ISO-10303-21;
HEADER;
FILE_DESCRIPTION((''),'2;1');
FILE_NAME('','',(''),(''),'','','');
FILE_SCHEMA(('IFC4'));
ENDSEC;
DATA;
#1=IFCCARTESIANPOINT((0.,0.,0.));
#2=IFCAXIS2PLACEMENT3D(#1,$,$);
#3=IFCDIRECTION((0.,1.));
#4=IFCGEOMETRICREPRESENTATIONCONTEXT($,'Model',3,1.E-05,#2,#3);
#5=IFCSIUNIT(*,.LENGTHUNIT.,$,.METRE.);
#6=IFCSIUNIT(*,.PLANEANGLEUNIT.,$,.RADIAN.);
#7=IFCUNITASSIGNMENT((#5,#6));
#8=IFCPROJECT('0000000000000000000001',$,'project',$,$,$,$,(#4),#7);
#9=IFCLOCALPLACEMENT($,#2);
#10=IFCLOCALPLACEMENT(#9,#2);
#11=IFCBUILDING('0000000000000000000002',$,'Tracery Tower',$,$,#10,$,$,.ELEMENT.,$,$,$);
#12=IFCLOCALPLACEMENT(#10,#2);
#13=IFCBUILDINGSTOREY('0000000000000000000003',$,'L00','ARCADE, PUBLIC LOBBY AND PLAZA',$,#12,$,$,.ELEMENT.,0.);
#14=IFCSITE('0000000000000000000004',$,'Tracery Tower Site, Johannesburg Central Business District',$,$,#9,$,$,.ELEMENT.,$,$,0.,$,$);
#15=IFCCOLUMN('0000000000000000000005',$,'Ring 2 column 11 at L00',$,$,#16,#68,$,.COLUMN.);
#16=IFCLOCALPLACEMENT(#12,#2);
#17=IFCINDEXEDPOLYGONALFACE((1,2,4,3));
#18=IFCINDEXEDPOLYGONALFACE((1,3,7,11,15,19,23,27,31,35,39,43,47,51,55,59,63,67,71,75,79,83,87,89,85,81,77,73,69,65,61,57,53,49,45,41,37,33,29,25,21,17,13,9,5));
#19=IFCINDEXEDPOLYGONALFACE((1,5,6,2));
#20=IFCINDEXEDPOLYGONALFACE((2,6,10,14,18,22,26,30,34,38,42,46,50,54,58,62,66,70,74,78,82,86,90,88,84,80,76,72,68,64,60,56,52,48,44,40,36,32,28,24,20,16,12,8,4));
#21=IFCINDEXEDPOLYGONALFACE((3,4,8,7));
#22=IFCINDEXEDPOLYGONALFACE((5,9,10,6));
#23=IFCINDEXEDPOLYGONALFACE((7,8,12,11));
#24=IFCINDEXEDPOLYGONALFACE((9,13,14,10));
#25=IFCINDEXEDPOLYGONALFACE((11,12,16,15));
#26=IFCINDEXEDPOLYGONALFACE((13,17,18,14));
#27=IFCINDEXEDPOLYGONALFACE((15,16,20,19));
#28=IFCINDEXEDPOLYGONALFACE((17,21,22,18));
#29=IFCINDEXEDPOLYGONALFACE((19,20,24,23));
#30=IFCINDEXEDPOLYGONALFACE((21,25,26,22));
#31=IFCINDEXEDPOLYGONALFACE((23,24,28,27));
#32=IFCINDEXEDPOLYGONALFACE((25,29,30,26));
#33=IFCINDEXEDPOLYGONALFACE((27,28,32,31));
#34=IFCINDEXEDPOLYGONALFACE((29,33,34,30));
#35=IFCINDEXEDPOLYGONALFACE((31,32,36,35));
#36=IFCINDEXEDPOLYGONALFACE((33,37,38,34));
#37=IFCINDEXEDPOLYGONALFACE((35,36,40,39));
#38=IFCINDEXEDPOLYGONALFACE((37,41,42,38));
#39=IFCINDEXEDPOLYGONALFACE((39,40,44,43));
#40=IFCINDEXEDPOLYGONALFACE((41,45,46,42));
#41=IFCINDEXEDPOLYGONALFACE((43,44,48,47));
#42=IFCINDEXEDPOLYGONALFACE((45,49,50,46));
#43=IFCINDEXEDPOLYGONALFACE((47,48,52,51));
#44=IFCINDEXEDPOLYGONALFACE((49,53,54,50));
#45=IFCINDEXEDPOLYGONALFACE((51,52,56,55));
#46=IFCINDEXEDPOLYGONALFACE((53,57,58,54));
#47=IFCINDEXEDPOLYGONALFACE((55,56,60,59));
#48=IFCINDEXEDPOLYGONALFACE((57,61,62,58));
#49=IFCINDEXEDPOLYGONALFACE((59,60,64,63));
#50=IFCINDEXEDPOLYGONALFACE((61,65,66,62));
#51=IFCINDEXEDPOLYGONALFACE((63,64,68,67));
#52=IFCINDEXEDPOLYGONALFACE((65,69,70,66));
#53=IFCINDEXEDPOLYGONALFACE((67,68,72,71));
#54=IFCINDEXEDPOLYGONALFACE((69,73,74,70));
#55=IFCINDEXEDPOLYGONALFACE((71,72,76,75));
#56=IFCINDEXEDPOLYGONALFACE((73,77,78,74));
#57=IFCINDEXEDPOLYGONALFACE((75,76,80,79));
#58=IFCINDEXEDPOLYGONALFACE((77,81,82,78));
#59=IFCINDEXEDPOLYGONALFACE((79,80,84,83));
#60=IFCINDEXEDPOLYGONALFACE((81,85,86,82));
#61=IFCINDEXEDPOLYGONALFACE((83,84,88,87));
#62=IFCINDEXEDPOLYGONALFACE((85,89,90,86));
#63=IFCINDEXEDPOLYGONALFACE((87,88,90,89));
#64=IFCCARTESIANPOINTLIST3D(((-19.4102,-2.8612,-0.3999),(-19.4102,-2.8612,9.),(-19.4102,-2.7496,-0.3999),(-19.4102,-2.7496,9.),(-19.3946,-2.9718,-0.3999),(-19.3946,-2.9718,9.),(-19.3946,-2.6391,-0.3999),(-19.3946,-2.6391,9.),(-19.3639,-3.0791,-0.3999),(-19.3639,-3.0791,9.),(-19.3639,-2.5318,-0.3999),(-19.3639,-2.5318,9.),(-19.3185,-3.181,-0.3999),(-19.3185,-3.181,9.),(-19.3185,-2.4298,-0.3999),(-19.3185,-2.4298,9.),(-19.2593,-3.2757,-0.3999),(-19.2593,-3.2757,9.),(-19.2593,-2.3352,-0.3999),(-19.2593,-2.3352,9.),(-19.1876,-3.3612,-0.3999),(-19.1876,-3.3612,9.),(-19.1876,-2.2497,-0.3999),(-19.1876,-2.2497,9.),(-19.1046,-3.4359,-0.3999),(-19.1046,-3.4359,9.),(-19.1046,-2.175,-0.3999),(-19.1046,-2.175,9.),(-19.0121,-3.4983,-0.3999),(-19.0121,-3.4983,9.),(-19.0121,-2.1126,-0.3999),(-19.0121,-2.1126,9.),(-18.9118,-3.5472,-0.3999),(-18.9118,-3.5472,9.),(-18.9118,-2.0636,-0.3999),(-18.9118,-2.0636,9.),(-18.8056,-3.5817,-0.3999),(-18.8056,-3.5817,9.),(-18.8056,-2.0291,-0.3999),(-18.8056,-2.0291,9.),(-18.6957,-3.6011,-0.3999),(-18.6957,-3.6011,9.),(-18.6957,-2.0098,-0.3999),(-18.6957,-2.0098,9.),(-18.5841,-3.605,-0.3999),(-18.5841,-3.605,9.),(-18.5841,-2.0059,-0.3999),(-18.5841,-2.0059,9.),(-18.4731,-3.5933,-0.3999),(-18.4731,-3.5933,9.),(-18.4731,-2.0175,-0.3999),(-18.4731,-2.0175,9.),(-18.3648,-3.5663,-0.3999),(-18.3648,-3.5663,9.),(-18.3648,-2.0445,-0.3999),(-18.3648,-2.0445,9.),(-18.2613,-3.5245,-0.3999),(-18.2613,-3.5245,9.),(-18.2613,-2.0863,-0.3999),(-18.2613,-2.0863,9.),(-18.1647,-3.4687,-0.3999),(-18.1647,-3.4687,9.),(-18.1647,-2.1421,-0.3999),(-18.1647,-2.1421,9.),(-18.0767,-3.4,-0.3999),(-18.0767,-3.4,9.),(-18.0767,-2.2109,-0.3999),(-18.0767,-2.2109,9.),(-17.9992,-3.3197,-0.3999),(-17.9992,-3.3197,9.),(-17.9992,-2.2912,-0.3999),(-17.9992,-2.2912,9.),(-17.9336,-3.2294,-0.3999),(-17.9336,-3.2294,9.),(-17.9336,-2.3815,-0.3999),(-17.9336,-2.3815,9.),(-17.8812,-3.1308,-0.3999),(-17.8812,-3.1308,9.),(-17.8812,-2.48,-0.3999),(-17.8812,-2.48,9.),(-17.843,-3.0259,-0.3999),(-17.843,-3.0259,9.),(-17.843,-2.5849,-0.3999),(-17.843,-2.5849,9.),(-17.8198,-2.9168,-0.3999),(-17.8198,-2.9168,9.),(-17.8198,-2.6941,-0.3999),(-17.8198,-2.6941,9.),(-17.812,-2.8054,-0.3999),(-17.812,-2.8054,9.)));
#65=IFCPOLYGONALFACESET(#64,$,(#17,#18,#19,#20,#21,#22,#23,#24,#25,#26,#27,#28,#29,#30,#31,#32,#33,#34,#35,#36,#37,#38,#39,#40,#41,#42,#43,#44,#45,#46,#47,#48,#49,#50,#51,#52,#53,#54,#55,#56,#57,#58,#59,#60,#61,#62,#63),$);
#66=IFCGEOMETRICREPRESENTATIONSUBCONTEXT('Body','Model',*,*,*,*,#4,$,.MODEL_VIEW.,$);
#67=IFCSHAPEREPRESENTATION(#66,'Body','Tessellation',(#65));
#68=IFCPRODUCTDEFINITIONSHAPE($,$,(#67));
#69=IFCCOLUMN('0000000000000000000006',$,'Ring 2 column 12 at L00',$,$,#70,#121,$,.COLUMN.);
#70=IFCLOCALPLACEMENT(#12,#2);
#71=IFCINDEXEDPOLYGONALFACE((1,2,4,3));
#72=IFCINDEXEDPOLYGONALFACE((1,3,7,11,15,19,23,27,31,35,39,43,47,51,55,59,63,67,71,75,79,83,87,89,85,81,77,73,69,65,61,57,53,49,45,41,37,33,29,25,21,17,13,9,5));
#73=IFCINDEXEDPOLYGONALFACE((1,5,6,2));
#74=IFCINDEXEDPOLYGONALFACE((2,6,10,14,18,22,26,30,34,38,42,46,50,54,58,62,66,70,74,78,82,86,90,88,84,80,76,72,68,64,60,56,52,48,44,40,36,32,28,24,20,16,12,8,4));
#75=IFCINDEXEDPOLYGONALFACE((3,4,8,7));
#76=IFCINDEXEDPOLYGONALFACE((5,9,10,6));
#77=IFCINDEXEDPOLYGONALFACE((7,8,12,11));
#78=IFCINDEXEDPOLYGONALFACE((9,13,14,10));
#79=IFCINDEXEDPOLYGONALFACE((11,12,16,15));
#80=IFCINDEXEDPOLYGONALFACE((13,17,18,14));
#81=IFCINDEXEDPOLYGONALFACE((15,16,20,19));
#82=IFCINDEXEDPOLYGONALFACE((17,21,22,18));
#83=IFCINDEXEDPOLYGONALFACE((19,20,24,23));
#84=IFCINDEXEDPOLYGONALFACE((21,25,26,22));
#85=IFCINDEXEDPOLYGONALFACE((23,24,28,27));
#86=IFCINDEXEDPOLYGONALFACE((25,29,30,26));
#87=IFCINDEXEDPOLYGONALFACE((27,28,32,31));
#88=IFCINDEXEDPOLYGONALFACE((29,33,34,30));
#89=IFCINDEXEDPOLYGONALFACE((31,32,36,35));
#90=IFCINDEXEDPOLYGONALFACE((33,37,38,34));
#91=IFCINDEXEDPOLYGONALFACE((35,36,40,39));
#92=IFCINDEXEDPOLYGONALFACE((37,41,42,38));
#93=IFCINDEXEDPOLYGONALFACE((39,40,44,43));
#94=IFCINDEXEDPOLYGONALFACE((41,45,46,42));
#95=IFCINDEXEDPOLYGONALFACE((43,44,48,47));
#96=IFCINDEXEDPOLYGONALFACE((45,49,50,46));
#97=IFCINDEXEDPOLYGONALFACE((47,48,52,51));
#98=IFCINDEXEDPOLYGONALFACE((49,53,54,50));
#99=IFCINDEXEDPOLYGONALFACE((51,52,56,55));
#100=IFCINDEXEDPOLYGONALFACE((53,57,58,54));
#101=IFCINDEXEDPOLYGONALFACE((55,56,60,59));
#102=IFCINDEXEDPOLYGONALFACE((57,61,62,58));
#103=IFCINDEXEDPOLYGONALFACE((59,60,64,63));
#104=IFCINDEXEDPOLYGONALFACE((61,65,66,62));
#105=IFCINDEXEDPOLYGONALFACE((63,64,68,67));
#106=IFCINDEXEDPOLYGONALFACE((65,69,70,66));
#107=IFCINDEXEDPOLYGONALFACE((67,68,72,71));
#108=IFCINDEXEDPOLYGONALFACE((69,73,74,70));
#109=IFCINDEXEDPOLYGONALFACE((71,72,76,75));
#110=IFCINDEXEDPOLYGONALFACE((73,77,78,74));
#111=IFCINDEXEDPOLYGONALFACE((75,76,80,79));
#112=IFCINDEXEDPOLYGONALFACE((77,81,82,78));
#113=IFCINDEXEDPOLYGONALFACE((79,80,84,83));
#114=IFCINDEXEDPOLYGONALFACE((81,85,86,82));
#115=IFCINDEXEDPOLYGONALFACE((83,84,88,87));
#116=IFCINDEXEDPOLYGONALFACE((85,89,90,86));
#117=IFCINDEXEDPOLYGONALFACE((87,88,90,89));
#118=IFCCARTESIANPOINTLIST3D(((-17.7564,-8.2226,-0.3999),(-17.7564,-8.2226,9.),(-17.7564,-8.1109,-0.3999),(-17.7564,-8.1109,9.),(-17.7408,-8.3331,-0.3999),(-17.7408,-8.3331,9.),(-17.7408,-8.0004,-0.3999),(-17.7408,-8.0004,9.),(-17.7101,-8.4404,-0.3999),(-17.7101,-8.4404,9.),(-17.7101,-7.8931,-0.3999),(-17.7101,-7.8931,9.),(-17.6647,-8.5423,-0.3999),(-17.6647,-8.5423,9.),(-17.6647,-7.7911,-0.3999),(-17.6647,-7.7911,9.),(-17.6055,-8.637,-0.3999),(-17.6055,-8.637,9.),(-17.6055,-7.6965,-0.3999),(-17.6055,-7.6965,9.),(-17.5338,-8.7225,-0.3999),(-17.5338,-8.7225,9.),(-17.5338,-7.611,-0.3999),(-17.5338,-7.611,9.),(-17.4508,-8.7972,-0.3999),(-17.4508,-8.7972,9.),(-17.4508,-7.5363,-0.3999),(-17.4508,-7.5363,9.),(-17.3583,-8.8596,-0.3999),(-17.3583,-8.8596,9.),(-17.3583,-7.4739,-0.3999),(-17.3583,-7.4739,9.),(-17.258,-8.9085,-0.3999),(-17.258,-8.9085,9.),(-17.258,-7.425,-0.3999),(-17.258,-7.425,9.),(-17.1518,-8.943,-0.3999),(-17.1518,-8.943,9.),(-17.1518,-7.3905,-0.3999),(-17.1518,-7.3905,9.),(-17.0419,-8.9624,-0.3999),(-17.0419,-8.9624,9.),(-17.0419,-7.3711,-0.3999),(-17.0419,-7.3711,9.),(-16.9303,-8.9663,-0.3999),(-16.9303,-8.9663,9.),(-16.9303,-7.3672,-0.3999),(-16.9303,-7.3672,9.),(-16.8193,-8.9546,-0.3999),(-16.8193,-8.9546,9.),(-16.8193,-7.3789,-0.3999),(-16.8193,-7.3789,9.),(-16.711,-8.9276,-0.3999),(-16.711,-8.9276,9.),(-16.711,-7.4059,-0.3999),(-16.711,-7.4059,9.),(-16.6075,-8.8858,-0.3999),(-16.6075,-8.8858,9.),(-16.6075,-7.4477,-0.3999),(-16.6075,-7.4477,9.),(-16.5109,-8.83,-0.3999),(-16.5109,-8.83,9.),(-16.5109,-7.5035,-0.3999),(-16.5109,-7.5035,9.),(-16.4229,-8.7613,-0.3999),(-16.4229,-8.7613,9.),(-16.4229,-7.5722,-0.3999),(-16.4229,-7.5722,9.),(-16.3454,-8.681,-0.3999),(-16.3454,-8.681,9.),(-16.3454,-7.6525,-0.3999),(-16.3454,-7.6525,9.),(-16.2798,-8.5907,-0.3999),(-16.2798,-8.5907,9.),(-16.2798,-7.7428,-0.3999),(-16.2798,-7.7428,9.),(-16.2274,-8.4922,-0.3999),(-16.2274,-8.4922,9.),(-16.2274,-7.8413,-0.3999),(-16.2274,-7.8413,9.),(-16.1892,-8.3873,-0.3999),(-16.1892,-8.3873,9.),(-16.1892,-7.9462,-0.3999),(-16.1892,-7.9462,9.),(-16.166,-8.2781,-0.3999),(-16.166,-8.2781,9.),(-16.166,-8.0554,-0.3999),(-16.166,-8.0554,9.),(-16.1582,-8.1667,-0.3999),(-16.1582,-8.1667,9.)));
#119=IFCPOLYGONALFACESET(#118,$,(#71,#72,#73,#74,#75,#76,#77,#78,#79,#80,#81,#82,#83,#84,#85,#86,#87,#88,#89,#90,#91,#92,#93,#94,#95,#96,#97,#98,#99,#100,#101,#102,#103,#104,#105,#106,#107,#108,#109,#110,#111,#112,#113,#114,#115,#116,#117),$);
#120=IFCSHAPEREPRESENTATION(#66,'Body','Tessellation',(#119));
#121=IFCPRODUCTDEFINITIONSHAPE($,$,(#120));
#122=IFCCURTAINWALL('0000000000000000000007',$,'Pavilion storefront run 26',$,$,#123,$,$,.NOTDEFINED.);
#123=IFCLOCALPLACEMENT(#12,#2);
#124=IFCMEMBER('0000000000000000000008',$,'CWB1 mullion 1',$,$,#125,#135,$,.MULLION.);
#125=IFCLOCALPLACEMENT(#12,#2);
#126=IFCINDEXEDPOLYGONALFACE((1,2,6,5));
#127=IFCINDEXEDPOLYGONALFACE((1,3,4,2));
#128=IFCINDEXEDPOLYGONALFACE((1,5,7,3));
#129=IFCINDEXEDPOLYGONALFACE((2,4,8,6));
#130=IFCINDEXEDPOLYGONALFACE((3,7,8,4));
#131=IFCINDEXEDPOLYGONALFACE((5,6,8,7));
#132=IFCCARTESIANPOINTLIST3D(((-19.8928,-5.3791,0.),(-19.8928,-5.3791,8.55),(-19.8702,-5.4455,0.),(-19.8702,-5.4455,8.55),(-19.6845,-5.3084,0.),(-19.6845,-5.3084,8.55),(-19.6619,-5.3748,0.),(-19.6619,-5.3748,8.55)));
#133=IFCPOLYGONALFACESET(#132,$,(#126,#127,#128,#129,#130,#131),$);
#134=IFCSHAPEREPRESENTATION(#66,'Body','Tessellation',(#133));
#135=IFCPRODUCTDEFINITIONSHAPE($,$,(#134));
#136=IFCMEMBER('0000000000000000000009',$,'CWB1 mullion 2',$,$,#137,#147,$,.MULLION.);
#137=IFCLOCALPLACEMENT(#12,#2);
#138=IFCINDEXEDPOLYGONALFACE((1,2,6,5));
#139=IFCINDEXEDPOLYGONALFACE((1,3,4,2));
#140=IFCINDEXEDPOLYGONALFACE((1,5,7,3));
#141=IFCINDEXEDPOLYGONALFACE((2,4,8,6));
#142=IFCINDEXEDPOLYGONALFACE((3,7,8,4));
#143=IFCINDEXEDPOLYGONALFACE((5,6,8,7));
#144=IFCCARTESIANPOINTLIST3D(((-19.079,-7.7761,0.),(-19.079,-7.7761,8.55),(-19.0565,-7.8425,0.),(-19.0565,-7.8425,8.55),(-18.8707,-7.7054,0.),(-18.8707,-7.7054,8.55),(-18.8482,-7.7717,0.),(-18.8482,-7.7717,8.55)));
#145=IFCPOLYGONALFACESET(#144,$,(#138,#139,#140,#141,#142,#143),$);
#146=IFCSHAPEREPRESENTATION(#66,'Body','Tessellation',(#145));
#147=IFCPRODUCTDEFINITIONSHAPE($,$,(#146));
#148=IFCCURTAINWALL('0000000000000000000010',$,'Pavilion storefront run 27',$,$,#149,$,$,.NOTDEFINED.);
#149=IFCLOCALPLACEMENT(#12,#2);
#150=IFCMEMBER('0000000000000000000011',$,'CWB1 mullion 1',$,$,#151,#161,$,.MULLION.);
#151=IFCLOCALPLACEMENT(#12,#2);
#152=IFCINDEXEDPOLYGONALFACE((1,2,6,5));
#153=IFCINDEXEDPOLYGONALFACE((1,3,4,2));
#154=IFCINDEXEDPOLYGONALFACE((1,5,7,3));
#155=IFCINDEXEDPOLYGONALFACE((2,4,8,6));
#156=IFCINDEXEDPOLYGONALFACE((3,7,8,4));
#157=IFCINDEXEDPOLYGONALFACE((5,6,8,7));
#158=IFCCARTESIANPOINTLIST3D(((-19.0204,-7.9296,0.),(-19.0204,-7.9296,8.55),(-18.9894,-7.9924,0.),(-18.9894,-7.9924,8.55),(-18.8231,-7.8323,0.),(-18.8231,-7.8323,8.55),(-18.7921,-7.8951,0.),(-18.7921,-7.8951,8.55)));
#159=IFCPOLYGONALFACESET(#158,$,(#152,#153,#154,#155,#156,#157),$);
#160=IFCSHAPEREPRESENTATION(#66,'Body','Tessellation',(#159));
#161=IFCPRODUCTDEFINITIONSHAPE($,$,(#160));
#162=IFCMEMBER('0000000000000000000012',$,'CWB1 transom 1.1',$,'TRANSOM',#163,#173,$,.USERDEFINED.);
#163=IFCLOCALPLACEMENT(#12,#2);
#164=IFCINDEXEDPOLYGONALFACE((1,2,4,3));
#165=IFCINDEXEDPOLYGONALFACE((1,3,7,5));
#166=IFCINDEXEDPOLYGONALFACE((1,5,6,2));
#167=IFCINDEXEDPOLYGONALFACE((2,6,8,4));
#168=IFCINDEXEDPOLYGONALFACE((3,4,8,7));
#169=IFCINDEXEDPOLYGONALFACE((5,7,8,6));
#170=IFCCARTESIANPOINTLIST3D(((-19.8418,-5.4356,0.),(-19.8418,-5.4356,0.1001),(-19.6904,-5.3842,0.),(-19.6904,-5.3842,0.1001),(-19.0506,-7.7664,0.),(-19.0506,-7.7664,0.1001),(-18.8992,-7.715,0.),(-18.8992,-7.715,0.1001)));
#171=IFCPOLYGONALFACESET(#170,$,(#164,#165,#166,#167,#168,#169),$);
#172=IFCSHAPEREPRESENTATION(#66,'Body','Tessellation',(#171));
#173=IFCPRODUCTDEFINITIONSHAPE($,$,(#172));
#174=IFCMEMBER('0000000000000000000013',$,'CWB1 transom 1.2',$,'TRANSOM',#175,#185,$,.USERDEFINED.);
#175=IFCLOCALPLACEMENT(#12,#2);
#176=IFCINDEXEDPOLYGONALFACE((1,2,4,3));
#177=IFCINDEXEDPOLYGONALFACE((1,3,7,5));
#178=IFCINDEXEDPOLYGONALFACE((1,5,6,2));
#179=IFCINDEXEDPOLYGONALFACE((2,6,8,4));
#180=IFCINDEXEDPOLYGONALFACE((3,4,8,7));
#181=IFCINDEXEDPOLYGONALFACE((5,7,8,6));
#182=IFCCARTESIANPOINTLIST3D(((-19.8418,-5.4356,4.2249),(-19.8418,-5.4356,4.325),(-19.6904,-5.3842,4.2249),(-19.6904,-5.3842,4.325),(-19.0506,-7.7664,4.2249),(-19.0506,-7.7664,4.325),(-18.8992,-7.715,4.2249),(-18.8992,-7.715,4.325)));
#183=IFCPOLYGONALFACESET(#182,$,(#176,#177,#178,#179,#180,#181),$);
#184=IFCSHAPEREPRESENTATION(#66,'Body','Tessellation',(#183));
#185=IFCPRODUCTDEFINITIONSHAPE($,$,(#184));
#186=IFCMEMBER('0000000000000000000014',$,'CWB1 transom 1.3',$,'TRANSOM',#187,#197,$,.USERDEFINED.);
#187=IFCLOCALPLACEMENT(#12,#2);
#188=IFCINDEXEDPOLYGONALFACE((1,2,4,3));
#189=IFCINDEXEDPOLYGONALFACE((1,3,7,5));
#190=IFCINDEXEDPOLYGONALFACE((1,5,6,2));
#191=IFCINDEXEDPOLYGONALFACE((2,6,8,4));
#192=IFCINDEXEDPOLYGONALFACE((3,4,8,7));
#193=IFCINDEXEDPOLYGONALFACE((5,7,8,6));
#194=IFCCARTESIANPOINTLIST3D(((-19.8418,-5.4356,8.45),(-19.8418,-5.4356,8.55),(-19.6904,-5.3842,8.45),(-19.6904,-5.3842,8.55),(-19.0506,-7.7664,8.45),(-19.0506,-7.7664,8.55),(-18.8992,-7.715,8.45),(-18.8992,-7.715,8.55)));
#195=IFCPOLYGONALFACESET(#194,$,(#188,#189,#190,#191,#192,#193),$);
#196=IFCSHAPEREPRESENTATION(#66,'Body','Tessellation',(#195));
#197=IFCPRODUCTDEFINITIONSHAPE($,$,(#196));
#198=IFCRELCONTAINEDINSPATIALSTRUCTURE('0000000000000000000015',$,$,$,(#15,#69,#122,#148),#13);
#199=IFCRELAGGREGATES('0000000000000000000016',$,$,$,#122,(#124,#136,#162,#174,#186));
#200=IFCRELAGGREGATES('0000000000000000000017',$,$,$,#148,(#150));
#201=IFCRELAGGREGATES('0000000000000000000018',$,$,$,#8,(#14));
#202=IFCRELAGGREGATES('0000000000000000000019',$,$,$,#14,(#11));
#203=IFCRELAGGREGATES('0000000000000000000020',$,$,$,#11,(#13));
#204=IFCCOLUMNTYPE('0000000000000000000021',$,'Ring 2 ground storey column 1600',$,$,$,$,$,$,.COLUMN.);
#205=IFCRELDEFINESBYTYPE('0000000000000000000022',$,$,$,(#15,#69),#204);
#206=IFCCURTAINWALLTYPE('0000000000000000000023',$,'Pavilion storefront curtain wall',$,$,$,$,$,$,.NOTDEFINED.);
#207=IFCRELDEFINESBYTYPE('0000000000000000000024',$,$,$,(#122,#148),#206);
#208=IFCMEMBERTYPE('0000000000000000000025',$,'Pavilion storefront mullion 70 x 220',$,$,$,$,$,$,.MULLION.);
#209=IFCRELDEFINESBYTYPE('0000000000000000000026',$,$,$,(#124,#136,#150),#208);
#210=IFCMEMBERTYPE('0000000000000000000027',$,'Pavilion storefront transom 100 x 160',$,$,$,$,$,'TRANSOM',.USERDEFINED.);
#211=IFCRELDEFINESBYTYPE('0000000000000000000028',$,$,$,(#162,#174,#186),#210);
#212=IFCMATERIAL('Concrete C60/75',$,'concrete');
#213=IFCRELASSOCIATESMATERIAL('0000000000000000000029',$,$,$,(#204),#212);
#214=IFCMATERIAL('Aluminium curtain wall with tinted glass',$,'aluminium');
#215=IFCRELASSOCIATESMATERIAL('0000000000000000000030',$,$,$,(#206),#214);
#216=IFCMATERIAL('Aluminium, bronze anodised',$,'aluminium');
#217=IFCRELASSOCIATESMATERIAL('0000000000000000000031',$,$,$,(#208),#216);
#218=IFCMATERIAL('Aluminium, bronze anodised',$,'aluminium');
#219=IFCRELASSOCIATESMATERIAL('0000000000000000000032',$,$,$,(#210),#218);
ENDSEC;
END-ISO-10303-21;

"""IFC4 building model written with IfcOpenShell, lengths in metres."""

from ifc_helpers import new_model, si_unit, direction, frame, origin, origin_2d, place, context, subcontext, project, spatial, rectangle, circle, extrude, material, material_profile, profile_set, type_object, element, aggregate, save


model = new_model("IFC4")

# Units and contexts
model_context = context("Model", 3, precision=1e-05, world=origin(), true_north=direction((0.0, 1.0)))
body_context = subcontext(model_context, "Body", "Model", "MODEL_VIEW")
ifc_project = project(units=[si_unit("LENGTHUNIT", "METRE"), si_unit("PLANEANGLEUNIT", "RADIAN")], contexts=[model_context])

# Site, building, storey
site_placement = place(None, origin())
site = spatial("IfcSite", under=ifc_project, at=site_placement, Name="Tracery Tower Site, Johannesburg Central Business District", CompositionType="ELEMENT", RefElevation=0.0)
building_placement = place(site_placement, origin())
building = spatial("IfcBuilding", under=site, at=building_placement, Name="Tracery Tower", CompositionType="ELEMENT")
storey_placement = place(building_placement, origin())
storey = spatial("IfcBuildingStorey", under=building, at=storey_placement, Name="L00", Description="ARCADE, PUBLIC LOBBY AND PLAZA", CompositionType="ELEMENT", Elevation=0.0)

# Columns
ifc_material_1 = material(Name="Concrete C60/75", Category="concrete")
ifc_material_profile_1 = material_profile(ifc_material_1, circle(Radius=0.8, at=origin_2d()), Name="RC D1600")
ifc_profile_set_1 = profile_set([ifc_material_profile_1], Name="Concrete C60/75")
column_type = type_object("IfcColumnType", Name="Ring 2 ground storey column 1600", PredefinedType="COLUMN", material=ifc_profile_set_1)
for number, where, z_axis, x_axis, name in (
    (1, (-18.6121, -2.8054, -0.3999), (0.0, 0.0, 1.0), (1.0, 0.0, 0.0), "Ring 2 column 11 at L00"),
    (2, (-16.9583, -8.1667, -0.3999), (0.0, 0.0, 1.0), (1.0, 0.0, 0.0), "Ring 2 column 12 at L00"),
):
    element("IfcColumn", number, at=place(storey_placement, frame(where, z_axis=z_axis, x_axis=x_axis)), inside=storey, type_object=column_type, Name=name, PredefinedType="COLUMN", context=body_context, shape_type="SweptSolid", body=[
        extrude(circle(Radius=0.8, at=origin_2d()), origin(), (0.0, 0.0, 1.0), 9.3999),
    ])

# Curtain wall, members
ifc_material_2 = material(Name="Aluminium curtain wall with tinted glass", Category="aluminium")
curtain_wall_type = type_object("IfcCurtainWallType", Name="Pavilion storefront curtain wall", PredefinedType="NOTDEFINED", material=ifc_material_2)
curtain_wall_1_placement = place(storey_placement, origin())
curtain_wall_1 = element("IfcCurtainWall", 3, at=curtain_wall_1_placement, inside=storey, type_object=curtain_wall_type, Name="Pavilion storefront run 26", PredefinedType="NOTDEFINED")
ifc_material_3 = material(Name="Aluminium, bronze anodised", Category="aluminium")
ifc_material_profile_2 = material_profile(ifc_material_3, rectangle(XDim=0.22, YDim=0.0701, at=origin_2d()), Name="Pavilion storefront mullion 70 x 220")
ifc_profile_set_2 = profile_set([ifc_material_profile_2], Name="Aluminium, bronze anodised")
member_type_1 = type_object("IfcMemberType", Name="Pavilion storefront mullion 70 x 220", PredefinedType="MULLION", material=ifc_profile_set_2)
member_1_placement = place(storey_placement, frame((-19.7773, -5.377, 0.0), z_axis=(0.0, 0.0, 1.0), x_axis=(0.946931, 0.321435, 0.0)))
member_1 = element("IfcMember", 4, at=member_1_placement, type_object=member_type_1, Name="CWB1 mullion 1", PredefinedType="MULLION", context=body_context, shape_type="SweptSolid", body=[
    extrude(rectangle(XDim=0.22, YDim=0.0701, at=origin_2d()), origin(), (0.0, 0.0, 1.0), 8.55),
])
member_2_placement = place(storey_placement, frame((-18.9636, -7.7739, 0.0), z_axis=(0.0, 0.0, 1.0), x_axis=(0.946931, 0.321435, 0.0)))
member_2 = element("IfcMember", 5, at=member_2_placement, type_object=member_type_1, Name="CWB1 mullion 2", PredefinedType="MULLION", context=body_context, shape_type="SweptSolid", body=[
    extrude(rectangle(XDim=0.22, YDim=0.0701, at=origin_2d()), origin(), (0.0, 0.0, 1.0), 8.55),
])

# Curtain wall, member
curtain_wall_2_placement = place(storey_placement, origin())
curtain_wall_2 = element("IfcCurtainWall", 6, at=curtain_wall_2_placement, inside=storey, type_object=curtain_wall_type, Name="Pavilion storefront run 27", PredefinedType="NOTDEFINED")
member_3_placement = place(storey_placement, frame((-18.9062, -7.9124, 0.0), z_axis=(0.0, 0.0, 1.0), x_axis=(0.896874, 0.442287, 0.0)))
member_3 = element("IfcMember", 7, at=member_3_placement, type_object=member_type_1, Name="CWB1 mullion 1", PredefinedType="MULLION", context=body_context, shape_type="SweptSolid", body=[
    extrude(rectangle(XDim=0.22, YDim=0.0701, at=origin_2d()), origin(), (0.0, 0.0, 1.0), 8.55),
])

# Members
ifc_material_4 = material(Name="Aluminium, bronze anodised", Category="aluminium")
ifc_material_profile_3 = material_profile(ifc_material_4, rectangle(XDim=0.1599, YDim=0.1001, at=origin_2d()), Name="Pavilion storefront transom 100 x 160")
ifc_profile_set_3 = profile_set([ifc_material_profile_3], Name="Aluminium, bronze anodised")
member_type_2 = type_object("IfcMemberType", Name="Pavilion storefront transom 100 x 160", ElementType="TRANSOM", PredefinedType="USERDEFINED", material=ifc_profile_set_3)
member_4_placement = place(storey_placement, frame((-19.7661, -5.4099, 0.05), z_axis=(0.32146, -0.946923, 0.0), x_axis=(0.946923, 0.32146, 0.0)))
member_4 = element("IfcMember", 8, at=member_4_placement, type_object=member_type_2, Name="CWB1 transom 1.1", ObjectType="TRANSOM", PredefinedType="USERDEFINED", context=body_context, shape_type="SweptSolid", body=[
    extrude(rectangle(XDim=0.1599, YDim=0.1001, at=origin_2d()), origin(), (0.0, 0.0, 1.0), 2.4614),
])
member_5_placement = place(storey_placement, frame((-19.7661, -5.4099, 4.2749), z_axis=(0.32146, -0.946923, 0.0), x_axis=(0.946923, 0.32146, 0.0)))
member_5 = element("IfcMember", 9, at=member_5_placement, type_object=member_type_2, Name="CWB1 transom 1.2", ObjectType="TRANSOM", PredefinedType="USERDEFINED", context=body_context, shape_type="SweptSolid", body=[
    extrude(rectangle(XDim=0.1599, YDim=0.1001, at=origin_2d()), origin(), (0.0, 0.0, 1.0), 2.4614),
])
member_6_placement = place(storey_placement, frame((-19.7661, -5.4099, 8.5), z_axis=(0.32146, -0.946923, 0.0), x_axis=(0.946923, 0.32146, 0.0)))
member_6 = element("IfcMember", 10, at=member_6_placement, type_object=member_type_2, Name="CWB1 transom 1.3", ObjectType="TRANSOM", PredefinedType="USERDEFINED", context=body_context, shape_type="SweptSolid", body=[
    extrude(rectangle(XDim=0.1599, YDim=0.1001, at=origin_2d()), origin(), (0.0, 0.0, 1.0), 2.4614),
])

aggregate(curtain_wall_1, [member_1, member_2, member_4, member_5, member_6])
aggregate(curtain_wall_2, [member_3])

save(model, "model.ifc")
